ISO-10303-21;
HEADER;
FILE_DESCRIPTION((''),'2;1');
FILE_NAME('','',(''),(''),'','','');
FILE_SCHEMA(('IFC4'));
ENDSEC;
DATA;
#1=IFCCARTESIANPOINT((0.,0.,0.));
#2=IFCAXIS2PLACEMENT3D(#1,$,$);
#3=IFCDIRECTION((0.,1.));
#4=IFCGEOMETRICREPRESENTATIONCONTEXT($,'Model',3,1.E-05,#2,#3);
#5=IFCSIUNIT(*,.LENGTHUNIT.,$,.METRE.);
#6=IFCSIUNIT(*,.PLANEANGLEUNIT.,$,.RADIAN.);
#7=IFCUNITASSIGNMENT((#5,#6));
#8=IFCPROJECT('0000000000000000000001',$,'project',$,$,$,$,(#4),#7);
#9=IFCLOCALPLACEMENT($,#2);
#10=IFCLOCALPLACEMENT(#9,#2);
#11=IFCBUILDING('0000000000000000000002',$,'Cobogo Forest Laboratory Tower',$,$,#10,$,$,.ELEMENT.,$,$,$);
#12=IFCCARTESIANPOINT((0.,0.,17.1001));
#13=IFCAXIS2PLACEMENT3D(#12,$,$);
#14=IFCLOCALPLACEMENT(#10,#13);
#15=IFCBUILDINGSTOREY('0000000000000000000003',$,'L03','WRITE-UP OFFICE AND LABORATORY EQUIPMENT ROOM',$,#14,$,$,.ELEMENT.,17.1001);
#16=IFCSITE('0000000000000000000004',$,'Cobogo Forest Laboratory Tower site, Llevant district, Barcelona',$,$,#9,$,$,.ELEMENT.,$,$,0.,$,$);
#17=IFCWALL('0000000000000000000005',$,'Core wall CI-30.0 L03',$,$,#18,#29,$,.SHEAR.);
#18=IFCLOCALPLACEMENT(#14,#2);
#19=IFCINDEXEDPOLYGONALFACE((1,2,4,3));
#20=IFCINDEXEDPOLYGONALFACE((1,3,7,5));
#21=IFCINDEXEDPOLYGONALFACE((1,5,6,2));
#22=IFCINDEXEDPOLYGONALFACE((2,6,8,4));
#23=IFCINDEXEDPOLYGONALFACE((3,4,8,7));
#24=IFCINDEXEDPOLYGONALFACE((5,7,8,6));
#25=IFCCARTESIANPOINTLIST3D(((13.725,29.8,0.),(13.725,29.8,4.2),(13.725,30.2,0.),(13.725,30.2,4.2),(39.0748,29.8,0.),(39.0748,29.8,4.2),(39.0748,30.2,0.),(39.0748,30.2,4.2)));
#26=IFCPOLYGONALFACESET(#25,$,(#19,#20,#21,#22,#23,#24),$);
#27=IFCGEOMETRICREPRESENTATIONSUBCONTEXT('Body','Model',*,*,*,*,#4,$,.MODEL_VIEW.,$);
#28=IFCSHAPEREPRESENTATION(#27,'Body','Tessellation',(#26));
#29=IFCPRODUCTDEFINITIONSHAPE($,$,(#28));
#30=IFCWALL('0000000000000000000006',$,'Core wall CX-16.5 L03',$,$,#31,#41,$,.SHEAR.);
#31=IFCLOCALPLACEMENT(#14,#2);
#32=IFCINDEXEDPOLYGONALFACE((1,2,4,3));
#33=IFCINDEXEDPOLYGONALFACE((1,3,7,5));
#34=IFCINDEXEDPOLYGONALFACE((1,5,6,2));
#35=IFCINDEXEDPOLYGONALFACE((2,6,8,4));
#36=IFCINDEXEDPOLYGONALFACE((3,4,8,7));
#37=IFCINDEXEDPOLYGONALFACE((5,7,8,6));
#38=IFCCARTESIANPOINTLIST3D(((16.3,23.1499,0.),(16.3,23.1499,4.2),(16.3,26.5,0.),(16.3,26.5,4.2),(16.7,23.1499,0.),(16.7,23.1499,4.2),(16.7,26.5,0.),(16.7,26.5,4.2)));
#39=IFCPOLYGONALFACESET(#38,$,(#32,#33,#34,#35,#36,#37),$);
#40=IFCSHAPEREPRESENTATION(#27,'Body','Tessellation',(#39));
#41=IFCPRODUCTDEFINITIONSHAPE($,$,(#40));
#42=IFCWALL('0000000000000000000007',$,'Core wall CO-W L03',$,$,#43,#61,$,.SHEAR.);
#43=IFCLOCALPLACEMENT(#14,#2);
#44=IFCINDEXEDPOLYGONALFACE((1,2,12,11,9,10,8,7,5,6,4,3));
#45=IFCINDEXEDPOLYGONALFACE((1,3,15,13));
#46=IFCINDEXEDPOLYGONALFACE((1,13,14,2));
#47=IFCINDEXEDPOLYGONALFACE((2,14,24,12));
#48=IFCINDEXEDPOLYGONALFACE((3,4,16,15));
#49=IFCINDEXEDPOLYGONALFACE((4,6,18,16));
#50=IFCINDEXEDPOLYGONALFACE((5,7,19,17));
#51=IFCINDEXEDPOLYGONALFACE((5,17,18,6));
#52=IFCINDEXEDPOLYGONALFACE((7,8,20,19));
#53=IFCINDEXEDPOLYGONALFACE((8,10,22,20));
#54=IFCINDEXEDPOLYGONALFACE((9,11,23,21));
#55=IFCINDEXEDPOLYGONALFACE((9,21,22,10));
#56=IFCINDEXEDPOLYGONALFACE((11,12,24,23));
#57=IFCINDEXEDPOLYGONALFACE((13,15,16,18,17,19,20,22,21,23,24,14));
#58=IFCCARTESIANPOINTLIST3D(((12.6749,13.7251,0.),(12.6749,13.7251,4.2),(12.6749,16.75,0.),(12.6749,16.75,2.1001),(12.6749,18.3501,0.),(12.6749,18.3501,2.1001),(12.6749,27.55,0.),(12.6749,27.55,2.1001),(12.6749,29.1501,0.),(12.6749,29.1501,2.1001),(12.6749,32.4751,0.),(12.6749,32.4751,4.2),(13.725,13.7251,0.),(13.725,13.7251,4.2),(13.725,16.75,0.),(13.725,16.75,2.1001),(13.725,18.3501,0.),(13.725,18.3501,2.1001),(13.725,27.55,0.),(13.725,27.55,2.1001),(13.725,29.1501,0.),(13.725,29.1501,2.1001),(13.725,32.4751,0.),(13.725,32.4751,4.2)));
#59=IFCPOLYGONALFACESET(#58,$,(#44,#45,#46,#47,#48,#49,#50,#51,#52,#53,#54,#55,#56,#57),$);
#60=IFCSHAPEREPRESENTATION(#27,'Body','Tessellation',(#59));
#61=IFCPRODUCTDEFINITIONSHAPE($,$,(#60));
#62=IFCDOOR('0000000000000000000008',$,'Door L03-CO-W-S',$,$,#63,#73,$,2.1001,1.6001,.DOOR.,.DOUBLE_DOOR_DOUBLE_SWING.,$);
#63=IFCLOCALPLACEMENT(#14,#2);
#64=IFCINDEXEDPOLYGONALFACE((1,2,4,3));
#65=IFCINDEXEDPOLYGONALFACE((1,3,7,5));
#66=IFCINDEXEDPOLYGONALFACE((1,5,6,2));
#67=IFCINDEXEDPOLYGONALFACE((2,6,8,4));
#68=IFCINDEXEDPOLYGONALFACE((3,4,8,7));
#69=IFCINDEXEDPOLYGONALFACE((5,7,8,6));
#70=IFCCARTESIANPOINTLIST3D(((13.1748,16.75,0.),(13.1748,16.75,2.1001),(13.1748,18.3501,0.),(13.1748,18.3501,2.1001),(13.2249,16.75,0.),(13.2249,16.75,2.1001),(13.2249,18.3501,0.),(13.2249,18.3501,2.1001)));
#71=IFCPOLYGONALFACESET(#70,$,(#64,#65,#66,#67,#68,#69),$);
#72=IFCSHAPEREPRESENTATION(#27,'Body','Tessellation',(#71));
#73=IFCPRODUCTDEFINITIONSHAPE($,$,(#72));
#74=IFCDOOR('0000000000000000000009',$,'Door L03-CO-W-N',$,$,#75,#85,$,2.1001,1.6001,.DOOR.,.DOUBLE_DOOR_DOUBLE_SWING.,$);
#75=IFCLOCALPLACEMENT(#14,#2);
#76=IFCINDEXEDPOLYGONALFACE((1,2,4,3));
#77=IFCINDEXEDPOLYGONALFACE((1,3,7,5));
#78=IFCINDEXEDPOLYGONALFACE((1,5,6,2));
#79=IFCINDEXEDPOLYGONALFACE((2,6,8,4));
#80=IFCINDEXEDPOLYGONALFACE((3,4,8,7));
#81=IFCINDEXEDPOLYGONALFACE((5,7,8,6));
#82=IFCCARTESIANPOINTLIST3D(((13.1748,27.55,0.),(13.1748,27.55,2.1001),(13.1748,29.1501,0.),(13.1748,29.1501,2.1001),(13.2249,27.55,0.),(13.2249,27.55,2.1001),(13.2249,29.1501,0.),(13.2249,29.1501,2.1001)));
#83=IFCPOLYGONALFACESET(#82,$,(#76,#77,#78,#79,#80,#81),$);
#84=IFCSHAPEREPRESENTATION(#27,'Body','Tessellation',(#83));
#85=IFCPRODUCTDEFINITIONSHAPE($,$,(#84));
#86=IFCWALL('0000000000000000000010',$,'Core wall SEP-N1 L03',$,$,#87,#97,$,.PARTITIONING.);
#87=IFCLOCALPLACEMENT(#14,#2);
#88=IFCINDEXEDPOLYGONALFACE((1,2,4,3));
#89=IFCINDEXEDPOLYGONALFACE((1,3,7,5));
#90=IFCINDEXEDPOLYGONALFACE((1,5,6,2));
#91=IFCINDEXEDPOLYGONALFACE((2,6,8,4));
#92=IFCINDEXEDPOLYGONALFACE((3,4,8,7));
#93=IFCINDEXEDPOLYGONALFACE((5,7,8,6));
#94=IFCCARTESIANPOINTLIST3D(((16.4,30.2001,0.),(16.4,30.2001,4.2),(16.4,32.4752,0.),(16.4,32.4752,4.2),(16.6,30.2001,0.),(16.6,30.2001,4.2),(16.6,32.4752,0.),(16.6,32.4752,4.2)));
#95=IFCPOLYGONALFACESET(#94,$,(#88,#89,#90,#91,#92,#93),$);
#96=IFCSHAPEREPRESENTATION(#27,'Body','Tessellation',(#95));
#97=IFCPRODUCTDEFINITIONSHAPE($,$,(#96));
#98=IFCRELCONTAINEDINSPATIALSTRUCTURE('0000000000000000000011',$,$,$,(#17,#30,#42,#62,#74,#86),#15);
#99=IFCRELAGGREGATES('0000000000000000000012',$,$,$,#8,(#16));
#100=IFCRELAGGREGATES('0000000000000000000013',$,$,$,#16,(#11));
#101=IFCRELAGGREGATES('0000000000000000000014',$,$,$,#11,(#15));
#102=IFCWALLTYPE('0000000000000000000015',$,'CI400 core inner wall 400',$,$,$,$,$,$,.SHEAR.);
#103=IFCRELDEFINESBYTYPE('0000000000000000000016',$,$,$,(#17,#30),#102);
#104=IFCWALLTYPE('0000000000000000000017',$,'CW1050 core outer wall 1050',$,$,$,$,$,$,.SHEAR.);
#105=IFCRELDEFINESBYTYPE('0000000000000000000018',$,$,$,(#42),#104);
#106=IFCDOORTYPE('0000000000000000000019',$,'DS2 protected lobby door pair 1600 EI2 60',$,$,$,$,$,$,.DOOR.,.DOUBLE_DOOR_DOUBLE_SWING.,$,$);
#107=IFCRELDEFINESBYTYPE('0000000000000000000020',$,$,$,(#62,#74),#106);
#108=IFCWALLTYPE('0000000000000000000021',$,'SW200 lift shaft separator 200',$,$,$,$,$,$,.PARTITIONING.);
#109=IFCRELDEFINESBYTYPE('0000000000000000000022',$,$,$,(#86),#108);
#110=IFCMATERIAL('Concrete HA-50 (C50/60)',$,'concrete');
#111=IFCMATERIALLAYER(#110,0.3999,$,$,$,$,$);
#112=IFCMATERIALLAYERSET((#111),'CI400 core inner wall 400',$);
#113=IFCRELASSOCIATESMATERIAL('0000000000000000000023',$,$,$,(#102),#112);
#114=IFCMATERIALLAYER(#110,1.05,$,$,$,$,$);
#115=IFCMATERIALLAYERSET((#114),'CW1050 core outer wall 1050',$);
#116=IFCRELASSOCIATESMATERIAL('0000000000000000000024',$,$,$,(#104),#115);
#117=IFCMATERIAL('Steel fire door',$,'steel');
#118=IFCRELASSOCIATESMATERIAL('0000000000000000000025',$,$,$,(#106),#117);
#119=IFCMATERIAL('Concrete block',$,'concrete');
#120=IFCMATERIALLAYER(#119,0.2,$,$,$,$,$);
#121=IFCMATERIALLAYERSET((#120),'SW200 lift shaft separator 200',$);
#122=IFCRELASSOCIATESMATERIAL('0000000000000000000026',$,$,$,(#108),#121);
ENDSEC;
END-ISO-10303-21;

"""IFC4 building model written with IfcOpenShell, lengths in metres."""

from ifc_helpers import new_model, si_unit, direction, frame, frame_2d, origin, place, context, subcontext, project, spatial, rectangle, extrude, material, layer, layer_set, type_object, element, fill, save


model = new_model("IFC4")

# Units and contexts
model_context = context("Model", 3, precision=1e-05, world=origin(), true_north=direction((0.0, 1.0)))
body_context = subcontext(model_context, "Body", "Model", "MODEL_VIEW")
ifc_project = project(units=[si_unit("LENGTHUNIT", "METRE"), si_unit("PLANEANGLEUNIT", "RADIAN")], contexts=[model_context])

# Site, building, storey
site_placement = place(None, origin())
site = spatial("IfcSite", under=ifc_project, at=site_placement, Name="Cobogo Forest Laboratory Tower site, Llevant district, Barcelona", CompositionType="ELEMENT", RefElevation=0.0)
building_placement = place(site_placement, origin())
building = spatial("IfcBuilding", under=site, at=building_placement, Name="Cobogo Forest Laboratory Tower", CompositionType="ELEMENT")
storey_placement = place(building_placement, frame((0.0, 0.0, 17.1001)))
storey = spatial("IfcBuildingStorey", under=building, at=storey_placement, Name="L03", Description="WRITE-UP OFFICE AND LABORATORY EQUIPMENT ROOM", CompositionType="ELEMENT", Elevation=17.1001)

# Shared definitions
ifc_material_1 = material(Name="Concrete HA-50 (C50/60)", Category="concrete")
ifc_layer_1 = layer(ifc_material_1, 0.3999)
ifc_layer_set_1 = layer_set([ifc_layer_1], Name="CI400 core inner wall 400")
wall_type_1 = type_object("IfcWallType", Name="CI400 core inner wall 400", PredefinedType="SHEAR", material=ifc_layer_set_1)
ifc_material_2 = material(Name="Steel fire door", Category="steel")

# Walls
wall_1_placement = place(storey_placement, frame((13.7251, 30.0, 0.0), z_axis=(0.0, 0.0, 1.0), x_axis=(1.0, 0.0, 0.0)))
element("IfcWall", 1, at=wall_1_placement, inside=storey, type_object=wall_type_1, Name="Core wall CI-30.0 L03", PredefinedType="SHEAR", context=body_context, shape_type="SweptSolid", body=[
    extrude(rectangle(XDim=25.3499, YDim=0.3999, at=frame_2d((12.6748, 0.0))), origin(), (0.0, 0.0, 1.0), 4.2),
])
wall_2_placement = place(storey_placement, frame((16.5, 23.1499, 0.0), z_axis=(0.0, 0.0, 1.0), x_axis=(0.0, 1.0, 0.0)))
element("IfcWall", 2, at=wall_2_placement, inside=storey, type_object=wall_type_1, Name="Core wall CX-16.5 L03", PredefinedType="SHEAR", context=body_context, shape_type="SweptSolid", body=[
    extrude(rectangle(XDim=3.3501, YDim=0.3999, at=frame_2d((1.675, 0.0))), origin(), (0.0, 0.0, 1.0), 4.2),
])

# Wall, openings, doors
ifc_layer_2 = layer(ifc_material_1, 1.05)
ifc_layer_set_2 = layer_set([ifc_layer_2], Name="CW1050 core outer wall 1050")
wall_type_2 = type_object("IfcWallType", Name="CW1050 core outer wall 1050", PredefinedType="SHEAR", material=ifc_layer_set_2)
wall_3_placement = place(storey_placement, frame((13.2, 32.4751, 0.0), z_axis=(0.0, 0.0, 1.0), x_axis=(0.0, -1.0, 0.0)))
wall_3 = element("IfcWall", 3, at=wall_3_placement, inside=storey, type_object=wall_type_2, Name="Core wall CO-W L03", PredefinedType="SHEAR", context=body_context, shape_type="SweptSolid", body=[
    extrude(rectangle(XDim=18.75, YDim=1.05, at=frame_2d((9.375, 0.0))), origin(), (0.0, 0.0, 1.0), 4.2),
])
opening_1_placement = place(wall_3_placement, frame((14.125, 0.0, 0.0)))
opening_1 = element("IfcOpeningElement", 4, at=opening_1_placement, cuts=wall_3, PredefinedType="OPENING", context=body_context, shape_type="SweptSolid", body=[
    extrude(rectangle(XDim=1.6001, YDim=2.1001, at=frame_2d((0.8, 1.05))), frame((0.0, 0.5349, 0.0), z_axis=(0.0, -1.0, 0.0), x_axis=(1.0, 0.0, 0.0)), (0.0, 0.0, 1.0), 1.0701),
])
opening_2_placement = place(wall_3_placement, frame((3.325, 0.0, 0.0)))
opening_2 = element("IfcOpeningElement", 5, at=opening_2_placement, cuts=wall_3, PredefinedType="OPENING", context=body_context, shape_type="SweptSolid", body=[
    extrude(rectangle(XDim=1.6001, YDim=2.1001, at=frame_2d((0.8, 1.05))), frame((0.0, 0.5349, 0.0), z_axis=(0.0, -1.0, 0.0), x_axis=(1.0, 0.0, 0.0)), (0.0, 0.0, 1.0), 1.0701),
])
door_type_1 = type_object("IfcDoorType", Name="DS2 protected lobby door pair 1600 EI2 60", OperationType="DOUBLE_DOOR_DOUBLE_SWING", PredefinedType="DOOR", material=ifc_material_2)
door_1_placement = place(opening_1_placement, origin())
door_1 = element("IfcDoor", 6, at=door_1_placement, inside=storey, type_object=door_type_1, Name="Door L03-CO-W-S", OperationType="DOUBLE_DOOR_DOUBLE_SWING", OverallHeight=2.1001, OverallWidth=1.6001, PredefinedType="DOOR", context=body_context, shape_type="SweptSolid", body=[
    extrude(rectangle(XDim=1.6001, YDim=2.1001, at=frame_2d((0.8, 1.05))), frame((0.0, 0.0249, 0.0), z_axis=(0.0, -1.0, 0.0), x_axis=(1.0, 0.0, 0.0)), (0.0, 0.0, 1.0), 0.05),
])
fill(opening_1, door_1)
door_2_placement = place(opening_2_placement, origin())
door_2 = element("IfcDoor", 7, at=door_2_placement, inside=storey, type_object=door_type_1, Name="Door L03-CO-W-N", OperationType="DOUBLE_DOOR_DOUBLE_SWING", OverallHeight=2.1001, OverallWidth=1.6001, PredefinedType="DOOR", context=body_context, shape_type="SweptSolid", body=[
    extrude(rectangle(XDim=1.6001, YDim=2.1001, at=frame_2d((0.8, 1.05))), frame((0.0, 0.0249, 0.0), z_axis=(0.0, -1.0, 0.0), x_axis=(1.0, 0.0, 0.0)), (0.0, 0.0, 1.0), 0.05),
])
fill(opening_2, door_2)

# Wall
ifc_material_3 = material(Name="Concrete block", Category="concrete")
ifc_layer_3 = layer(ifc_material_3, 0.2)
ifc_layer_set_3 = layer_set([ifc_layer_3], Name="SW200 lift shaft separator 200")
wall_type_3 = type_object("IfcWallType", Name="SW200 lift shaft separator 200", PredefinedType="PARTITIONING", material=ifc_layer_set_3)
wall_4_placement = place(storey_placement, frame((16.5, 30.2, 0.0), z_axis=(0.0, 0.0, 1.0), x_axis=(0.0, 1.0, 0.0)))
element("IfcWall", 8, at=wall_4_placement, inside=storey, type_object=wall_type_3, Name="Core wall SEP-N1 L03", PredefinedType="PARTITIONING", context=body_context, shape_type="SweptSolid", body=[
    extrude(rectangle(XDim=2.2751, YDim=0.2, at=frame_2d((1.1377, 0.0))), origin(), (0.0, 0.0, 1.0), 4.2),
])

save(model, "model.ifc")
